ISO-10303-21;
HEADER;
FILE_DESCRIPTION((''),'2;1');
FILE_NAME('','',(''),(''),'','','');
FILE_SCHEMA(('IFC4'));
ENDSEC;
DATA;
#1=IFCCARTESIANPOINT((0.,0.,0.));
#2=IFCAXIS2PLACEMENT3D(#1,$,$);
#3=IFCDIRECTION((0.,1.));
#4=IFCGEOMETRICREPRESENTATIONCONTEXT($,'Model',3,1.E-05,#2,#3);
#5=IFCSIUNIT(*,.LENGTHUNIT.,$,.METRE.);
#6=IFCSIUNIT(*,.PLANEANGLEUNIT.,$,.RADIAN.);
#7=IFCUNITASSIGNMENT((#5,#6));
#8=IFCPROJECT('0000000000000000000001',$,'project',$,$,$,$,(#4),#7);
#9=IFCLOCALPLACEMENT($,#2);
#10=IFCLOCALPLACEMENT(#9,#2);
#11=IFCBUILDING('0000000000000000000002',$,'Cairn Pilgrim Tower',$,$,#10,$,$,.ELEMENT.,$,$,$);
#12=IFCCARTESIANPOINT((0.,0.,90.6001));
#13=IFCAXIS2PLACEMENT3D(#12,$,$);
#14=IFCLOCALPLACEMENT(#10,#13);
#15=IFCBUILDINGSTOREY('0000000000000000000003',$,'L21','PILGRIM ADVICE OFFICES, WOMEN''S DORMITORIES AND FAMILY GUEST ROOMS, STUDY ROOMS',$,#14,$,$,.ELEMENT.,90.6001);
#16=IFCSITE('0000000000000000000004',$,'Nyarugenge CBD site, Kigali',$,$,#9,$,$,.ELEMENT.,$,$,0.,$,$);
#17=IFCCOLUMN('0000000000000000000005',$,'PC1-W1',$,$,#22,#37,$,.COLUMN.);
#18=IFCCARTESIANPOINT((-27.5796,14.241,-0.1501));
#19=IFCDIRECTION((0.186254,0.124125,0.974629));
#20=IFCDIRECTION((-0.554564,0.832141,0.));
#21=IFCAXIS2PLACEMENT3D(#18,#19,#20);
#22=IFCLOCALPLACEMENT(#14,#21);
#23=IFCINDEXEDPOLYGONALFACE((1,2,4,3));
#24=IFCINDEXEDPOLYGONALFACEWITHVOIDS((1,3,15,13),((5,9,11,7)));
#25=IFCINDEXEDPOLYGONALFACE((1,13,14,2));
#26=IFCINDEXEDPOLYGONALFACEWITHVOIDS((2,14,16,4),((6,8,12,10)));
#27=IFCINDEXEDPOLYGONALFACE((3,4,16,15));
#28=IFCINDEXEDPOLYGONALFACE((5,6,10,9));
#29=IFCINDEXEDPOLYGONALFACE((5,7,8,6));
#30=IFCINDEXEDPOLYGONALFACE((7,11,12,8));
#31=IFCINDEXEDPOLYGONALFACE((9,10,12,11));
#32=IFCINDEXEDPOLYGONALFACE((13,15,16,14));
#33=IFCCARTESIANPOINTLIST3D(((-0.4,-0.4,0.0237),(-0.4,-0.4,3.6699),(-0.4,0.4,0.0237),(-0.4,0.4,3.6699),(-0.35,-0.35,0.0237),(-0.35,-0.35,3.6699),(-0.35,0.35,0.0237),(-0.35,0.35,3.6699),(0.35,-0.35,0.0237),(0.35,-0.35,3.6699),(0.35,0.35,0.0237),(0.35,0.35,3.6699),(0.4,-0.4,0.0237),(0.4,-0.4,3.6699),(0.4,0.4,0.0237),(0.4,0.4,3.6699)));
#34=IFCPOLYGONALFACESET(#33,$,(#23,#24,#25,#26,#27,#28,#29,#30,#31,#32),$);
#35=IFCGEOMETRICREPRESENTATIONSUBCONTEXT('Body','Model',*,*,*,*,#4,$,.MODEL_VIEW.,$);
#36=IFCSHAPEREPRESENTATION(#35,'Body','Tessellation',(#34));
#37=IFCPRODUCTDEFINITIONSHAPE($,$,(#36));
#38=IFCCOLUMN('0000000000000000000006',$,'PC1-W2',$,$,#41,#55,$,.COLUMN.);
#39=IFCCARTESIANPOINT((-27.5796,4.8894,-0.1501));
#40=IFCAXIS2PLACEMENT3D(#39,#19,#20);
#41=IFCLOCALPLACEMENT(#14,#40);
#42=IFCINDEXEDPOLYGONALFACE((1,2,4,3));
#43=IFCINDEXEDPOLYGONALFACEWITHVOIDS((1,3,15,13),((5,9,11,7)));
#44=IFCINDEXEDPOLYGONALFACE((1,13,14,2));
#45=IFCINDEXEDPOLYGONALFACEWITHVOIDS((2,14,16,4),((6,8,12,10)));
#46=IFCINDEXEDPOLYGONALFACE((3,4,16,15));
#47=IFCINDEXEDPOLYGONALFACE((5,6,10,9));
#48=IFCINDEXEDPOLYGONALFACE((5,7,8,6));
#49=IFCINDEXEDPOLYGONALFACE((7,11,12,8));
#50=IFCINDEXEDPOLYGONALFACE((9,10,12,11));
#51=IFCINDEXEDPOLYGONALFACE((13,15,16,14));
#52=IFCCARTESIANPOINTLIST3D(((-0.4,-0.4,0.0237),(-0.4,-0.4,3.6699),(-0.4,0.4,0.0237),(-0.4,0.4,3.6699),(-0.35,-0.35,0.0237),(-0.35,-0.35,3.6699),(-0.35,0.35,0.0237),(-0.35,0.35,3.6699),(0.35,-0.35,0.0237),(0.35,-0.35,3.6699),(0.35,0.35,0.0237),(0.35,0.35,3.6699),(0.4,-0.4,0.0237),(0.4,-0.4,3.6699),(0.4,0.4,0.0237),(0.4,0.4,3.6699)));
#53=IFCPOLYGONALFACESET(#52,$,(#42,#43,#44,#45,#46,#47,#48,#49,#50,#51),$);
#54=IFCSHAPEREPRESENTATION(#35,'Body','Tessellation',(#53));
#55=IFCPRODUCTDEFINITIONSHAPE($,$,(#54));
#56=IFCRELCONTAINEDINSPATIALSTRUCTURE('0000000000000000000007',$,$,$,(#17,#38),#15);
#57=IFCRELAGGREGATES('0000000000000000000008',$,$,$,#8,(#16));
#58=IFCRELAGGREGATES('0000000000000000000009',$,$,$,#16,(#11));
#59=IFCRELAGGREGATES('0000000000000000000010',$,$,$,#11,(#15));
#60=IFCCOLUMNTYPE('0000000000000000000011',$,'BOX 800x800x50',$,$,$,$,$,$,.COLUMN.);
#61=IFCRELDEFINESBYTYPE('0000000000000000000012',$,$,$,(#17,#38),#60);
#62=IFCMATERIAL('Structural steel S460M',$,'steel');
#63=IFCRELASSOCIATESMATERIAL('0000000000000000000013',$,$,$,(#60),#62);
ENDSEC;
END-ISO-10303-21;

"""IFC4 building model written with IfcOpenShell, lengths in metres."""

from ifc_helpers import new_model, si_unit, direction, frame, origin, origin_2d, place, context, subcontext, project, spatial, hollow_rectangle, extrude, clip, halfspace, material, material_profile, profile_set, type_object, element, save


model = new_model("IFC4")

# Units and contexts
model_context = context("Model", 3, precision=1e-05, world=origin(), true_north=direction((0.0, 1.0)))
body_context = subcontext(model_context, "Body", "Model", "MODEL_VIEW")
ifc_project = project(units=[si_unit("LENGTHUNIT", "METRE"), si_unit("PLANEANGLEUNIT", "RADIAN")], contexts=[model_context])

# Site, building, storey
site_placement = place(None, origin())
site = spatial("IfcSite", under=ifc_project, at=site_placement, Name="Nyarugenge CBD site, Kigali", CompositionType="ELEMENT", RefElevation=0.0)
building_placement = place(site_placement, origin())
building = spatial("IfcBuilding", under=site, at=building_placement, Name="Cairn Pilgrim Tower", CompositionType="ELEMENT")
storey_placement = place(building_placement, frame((0.0, 0.0, 90.6001)))
storey = spatial("IfcBuildingStorey", under=building, at=storey_placement, Name="L21", Description="PILGRIM ADVICE OFFICES, WOMEN'S DORMITORIES AND FAMILY GUEST ROOMS, STUDY ROOMS", CompositionType="ELEMENT", Elevation=90.6001)

# Columns
ifc_material_1 = material(Name="Structural steel S460M", Category="steel")
ifc_material_profile_1 = material_profile(ifc_material_1, hollow_rectangle(XDim=0.8, YDim=0.8, WallThickness=0.05, at=origin_2d()), Name="BOX 800x800x50")
ifc_profile_set_1 = profile_set([ifc_material_profile_1], Name="Structural steel S460M")
column_type = type_object("IfcColumnType", Name="BOX 800x800x50", PredefinedType="COLUMN", material=ifc_profile_set_1)
for number, where, z_axis, x_axis, name in (
    (1, (-27.5796, 14.241, -0.1501), (0.186254, 0.124125, 0.974629), (-0.554564, 0.832141, 0.0), "PC1-W1"),
    (2, (-27.5796, 4.8894, -0.1501), (0.186254, 0.124125, 0.974629), (-0.554564, 0.832141, 0.0), "PC1-W2"),
):
    element("IfcColumn", number, at=place(storey_placement, frame(where, z_axis=z_axis, x_axis=x_axis)), inside=storey, type_object=column_type, Name=name, PredefinedType="COLUMN", context=body_context, shape_type="Clipping", body=[
        clip(clip(extrude(hollow_rectangle(XDim=0.8, YDim=0.8, WallThickness=0.05, at=origin_2d()), origin(), (0.0, 0.0, 1.0), 3.6938), halfspace(frame((0.0, 0.0, 0.0237), z_axis=(0.0, 0.0, 1.0), x_axis=(1.0, 0.0, 0.0)), True)), halfspace(frame((0.0, 0.0, 3.6699), z_axis=(0.0, 0.0, 1.0), x_axis=(1.0, 0.0, 0.0)), False)),
    ])

save(model, "model.ifc")
